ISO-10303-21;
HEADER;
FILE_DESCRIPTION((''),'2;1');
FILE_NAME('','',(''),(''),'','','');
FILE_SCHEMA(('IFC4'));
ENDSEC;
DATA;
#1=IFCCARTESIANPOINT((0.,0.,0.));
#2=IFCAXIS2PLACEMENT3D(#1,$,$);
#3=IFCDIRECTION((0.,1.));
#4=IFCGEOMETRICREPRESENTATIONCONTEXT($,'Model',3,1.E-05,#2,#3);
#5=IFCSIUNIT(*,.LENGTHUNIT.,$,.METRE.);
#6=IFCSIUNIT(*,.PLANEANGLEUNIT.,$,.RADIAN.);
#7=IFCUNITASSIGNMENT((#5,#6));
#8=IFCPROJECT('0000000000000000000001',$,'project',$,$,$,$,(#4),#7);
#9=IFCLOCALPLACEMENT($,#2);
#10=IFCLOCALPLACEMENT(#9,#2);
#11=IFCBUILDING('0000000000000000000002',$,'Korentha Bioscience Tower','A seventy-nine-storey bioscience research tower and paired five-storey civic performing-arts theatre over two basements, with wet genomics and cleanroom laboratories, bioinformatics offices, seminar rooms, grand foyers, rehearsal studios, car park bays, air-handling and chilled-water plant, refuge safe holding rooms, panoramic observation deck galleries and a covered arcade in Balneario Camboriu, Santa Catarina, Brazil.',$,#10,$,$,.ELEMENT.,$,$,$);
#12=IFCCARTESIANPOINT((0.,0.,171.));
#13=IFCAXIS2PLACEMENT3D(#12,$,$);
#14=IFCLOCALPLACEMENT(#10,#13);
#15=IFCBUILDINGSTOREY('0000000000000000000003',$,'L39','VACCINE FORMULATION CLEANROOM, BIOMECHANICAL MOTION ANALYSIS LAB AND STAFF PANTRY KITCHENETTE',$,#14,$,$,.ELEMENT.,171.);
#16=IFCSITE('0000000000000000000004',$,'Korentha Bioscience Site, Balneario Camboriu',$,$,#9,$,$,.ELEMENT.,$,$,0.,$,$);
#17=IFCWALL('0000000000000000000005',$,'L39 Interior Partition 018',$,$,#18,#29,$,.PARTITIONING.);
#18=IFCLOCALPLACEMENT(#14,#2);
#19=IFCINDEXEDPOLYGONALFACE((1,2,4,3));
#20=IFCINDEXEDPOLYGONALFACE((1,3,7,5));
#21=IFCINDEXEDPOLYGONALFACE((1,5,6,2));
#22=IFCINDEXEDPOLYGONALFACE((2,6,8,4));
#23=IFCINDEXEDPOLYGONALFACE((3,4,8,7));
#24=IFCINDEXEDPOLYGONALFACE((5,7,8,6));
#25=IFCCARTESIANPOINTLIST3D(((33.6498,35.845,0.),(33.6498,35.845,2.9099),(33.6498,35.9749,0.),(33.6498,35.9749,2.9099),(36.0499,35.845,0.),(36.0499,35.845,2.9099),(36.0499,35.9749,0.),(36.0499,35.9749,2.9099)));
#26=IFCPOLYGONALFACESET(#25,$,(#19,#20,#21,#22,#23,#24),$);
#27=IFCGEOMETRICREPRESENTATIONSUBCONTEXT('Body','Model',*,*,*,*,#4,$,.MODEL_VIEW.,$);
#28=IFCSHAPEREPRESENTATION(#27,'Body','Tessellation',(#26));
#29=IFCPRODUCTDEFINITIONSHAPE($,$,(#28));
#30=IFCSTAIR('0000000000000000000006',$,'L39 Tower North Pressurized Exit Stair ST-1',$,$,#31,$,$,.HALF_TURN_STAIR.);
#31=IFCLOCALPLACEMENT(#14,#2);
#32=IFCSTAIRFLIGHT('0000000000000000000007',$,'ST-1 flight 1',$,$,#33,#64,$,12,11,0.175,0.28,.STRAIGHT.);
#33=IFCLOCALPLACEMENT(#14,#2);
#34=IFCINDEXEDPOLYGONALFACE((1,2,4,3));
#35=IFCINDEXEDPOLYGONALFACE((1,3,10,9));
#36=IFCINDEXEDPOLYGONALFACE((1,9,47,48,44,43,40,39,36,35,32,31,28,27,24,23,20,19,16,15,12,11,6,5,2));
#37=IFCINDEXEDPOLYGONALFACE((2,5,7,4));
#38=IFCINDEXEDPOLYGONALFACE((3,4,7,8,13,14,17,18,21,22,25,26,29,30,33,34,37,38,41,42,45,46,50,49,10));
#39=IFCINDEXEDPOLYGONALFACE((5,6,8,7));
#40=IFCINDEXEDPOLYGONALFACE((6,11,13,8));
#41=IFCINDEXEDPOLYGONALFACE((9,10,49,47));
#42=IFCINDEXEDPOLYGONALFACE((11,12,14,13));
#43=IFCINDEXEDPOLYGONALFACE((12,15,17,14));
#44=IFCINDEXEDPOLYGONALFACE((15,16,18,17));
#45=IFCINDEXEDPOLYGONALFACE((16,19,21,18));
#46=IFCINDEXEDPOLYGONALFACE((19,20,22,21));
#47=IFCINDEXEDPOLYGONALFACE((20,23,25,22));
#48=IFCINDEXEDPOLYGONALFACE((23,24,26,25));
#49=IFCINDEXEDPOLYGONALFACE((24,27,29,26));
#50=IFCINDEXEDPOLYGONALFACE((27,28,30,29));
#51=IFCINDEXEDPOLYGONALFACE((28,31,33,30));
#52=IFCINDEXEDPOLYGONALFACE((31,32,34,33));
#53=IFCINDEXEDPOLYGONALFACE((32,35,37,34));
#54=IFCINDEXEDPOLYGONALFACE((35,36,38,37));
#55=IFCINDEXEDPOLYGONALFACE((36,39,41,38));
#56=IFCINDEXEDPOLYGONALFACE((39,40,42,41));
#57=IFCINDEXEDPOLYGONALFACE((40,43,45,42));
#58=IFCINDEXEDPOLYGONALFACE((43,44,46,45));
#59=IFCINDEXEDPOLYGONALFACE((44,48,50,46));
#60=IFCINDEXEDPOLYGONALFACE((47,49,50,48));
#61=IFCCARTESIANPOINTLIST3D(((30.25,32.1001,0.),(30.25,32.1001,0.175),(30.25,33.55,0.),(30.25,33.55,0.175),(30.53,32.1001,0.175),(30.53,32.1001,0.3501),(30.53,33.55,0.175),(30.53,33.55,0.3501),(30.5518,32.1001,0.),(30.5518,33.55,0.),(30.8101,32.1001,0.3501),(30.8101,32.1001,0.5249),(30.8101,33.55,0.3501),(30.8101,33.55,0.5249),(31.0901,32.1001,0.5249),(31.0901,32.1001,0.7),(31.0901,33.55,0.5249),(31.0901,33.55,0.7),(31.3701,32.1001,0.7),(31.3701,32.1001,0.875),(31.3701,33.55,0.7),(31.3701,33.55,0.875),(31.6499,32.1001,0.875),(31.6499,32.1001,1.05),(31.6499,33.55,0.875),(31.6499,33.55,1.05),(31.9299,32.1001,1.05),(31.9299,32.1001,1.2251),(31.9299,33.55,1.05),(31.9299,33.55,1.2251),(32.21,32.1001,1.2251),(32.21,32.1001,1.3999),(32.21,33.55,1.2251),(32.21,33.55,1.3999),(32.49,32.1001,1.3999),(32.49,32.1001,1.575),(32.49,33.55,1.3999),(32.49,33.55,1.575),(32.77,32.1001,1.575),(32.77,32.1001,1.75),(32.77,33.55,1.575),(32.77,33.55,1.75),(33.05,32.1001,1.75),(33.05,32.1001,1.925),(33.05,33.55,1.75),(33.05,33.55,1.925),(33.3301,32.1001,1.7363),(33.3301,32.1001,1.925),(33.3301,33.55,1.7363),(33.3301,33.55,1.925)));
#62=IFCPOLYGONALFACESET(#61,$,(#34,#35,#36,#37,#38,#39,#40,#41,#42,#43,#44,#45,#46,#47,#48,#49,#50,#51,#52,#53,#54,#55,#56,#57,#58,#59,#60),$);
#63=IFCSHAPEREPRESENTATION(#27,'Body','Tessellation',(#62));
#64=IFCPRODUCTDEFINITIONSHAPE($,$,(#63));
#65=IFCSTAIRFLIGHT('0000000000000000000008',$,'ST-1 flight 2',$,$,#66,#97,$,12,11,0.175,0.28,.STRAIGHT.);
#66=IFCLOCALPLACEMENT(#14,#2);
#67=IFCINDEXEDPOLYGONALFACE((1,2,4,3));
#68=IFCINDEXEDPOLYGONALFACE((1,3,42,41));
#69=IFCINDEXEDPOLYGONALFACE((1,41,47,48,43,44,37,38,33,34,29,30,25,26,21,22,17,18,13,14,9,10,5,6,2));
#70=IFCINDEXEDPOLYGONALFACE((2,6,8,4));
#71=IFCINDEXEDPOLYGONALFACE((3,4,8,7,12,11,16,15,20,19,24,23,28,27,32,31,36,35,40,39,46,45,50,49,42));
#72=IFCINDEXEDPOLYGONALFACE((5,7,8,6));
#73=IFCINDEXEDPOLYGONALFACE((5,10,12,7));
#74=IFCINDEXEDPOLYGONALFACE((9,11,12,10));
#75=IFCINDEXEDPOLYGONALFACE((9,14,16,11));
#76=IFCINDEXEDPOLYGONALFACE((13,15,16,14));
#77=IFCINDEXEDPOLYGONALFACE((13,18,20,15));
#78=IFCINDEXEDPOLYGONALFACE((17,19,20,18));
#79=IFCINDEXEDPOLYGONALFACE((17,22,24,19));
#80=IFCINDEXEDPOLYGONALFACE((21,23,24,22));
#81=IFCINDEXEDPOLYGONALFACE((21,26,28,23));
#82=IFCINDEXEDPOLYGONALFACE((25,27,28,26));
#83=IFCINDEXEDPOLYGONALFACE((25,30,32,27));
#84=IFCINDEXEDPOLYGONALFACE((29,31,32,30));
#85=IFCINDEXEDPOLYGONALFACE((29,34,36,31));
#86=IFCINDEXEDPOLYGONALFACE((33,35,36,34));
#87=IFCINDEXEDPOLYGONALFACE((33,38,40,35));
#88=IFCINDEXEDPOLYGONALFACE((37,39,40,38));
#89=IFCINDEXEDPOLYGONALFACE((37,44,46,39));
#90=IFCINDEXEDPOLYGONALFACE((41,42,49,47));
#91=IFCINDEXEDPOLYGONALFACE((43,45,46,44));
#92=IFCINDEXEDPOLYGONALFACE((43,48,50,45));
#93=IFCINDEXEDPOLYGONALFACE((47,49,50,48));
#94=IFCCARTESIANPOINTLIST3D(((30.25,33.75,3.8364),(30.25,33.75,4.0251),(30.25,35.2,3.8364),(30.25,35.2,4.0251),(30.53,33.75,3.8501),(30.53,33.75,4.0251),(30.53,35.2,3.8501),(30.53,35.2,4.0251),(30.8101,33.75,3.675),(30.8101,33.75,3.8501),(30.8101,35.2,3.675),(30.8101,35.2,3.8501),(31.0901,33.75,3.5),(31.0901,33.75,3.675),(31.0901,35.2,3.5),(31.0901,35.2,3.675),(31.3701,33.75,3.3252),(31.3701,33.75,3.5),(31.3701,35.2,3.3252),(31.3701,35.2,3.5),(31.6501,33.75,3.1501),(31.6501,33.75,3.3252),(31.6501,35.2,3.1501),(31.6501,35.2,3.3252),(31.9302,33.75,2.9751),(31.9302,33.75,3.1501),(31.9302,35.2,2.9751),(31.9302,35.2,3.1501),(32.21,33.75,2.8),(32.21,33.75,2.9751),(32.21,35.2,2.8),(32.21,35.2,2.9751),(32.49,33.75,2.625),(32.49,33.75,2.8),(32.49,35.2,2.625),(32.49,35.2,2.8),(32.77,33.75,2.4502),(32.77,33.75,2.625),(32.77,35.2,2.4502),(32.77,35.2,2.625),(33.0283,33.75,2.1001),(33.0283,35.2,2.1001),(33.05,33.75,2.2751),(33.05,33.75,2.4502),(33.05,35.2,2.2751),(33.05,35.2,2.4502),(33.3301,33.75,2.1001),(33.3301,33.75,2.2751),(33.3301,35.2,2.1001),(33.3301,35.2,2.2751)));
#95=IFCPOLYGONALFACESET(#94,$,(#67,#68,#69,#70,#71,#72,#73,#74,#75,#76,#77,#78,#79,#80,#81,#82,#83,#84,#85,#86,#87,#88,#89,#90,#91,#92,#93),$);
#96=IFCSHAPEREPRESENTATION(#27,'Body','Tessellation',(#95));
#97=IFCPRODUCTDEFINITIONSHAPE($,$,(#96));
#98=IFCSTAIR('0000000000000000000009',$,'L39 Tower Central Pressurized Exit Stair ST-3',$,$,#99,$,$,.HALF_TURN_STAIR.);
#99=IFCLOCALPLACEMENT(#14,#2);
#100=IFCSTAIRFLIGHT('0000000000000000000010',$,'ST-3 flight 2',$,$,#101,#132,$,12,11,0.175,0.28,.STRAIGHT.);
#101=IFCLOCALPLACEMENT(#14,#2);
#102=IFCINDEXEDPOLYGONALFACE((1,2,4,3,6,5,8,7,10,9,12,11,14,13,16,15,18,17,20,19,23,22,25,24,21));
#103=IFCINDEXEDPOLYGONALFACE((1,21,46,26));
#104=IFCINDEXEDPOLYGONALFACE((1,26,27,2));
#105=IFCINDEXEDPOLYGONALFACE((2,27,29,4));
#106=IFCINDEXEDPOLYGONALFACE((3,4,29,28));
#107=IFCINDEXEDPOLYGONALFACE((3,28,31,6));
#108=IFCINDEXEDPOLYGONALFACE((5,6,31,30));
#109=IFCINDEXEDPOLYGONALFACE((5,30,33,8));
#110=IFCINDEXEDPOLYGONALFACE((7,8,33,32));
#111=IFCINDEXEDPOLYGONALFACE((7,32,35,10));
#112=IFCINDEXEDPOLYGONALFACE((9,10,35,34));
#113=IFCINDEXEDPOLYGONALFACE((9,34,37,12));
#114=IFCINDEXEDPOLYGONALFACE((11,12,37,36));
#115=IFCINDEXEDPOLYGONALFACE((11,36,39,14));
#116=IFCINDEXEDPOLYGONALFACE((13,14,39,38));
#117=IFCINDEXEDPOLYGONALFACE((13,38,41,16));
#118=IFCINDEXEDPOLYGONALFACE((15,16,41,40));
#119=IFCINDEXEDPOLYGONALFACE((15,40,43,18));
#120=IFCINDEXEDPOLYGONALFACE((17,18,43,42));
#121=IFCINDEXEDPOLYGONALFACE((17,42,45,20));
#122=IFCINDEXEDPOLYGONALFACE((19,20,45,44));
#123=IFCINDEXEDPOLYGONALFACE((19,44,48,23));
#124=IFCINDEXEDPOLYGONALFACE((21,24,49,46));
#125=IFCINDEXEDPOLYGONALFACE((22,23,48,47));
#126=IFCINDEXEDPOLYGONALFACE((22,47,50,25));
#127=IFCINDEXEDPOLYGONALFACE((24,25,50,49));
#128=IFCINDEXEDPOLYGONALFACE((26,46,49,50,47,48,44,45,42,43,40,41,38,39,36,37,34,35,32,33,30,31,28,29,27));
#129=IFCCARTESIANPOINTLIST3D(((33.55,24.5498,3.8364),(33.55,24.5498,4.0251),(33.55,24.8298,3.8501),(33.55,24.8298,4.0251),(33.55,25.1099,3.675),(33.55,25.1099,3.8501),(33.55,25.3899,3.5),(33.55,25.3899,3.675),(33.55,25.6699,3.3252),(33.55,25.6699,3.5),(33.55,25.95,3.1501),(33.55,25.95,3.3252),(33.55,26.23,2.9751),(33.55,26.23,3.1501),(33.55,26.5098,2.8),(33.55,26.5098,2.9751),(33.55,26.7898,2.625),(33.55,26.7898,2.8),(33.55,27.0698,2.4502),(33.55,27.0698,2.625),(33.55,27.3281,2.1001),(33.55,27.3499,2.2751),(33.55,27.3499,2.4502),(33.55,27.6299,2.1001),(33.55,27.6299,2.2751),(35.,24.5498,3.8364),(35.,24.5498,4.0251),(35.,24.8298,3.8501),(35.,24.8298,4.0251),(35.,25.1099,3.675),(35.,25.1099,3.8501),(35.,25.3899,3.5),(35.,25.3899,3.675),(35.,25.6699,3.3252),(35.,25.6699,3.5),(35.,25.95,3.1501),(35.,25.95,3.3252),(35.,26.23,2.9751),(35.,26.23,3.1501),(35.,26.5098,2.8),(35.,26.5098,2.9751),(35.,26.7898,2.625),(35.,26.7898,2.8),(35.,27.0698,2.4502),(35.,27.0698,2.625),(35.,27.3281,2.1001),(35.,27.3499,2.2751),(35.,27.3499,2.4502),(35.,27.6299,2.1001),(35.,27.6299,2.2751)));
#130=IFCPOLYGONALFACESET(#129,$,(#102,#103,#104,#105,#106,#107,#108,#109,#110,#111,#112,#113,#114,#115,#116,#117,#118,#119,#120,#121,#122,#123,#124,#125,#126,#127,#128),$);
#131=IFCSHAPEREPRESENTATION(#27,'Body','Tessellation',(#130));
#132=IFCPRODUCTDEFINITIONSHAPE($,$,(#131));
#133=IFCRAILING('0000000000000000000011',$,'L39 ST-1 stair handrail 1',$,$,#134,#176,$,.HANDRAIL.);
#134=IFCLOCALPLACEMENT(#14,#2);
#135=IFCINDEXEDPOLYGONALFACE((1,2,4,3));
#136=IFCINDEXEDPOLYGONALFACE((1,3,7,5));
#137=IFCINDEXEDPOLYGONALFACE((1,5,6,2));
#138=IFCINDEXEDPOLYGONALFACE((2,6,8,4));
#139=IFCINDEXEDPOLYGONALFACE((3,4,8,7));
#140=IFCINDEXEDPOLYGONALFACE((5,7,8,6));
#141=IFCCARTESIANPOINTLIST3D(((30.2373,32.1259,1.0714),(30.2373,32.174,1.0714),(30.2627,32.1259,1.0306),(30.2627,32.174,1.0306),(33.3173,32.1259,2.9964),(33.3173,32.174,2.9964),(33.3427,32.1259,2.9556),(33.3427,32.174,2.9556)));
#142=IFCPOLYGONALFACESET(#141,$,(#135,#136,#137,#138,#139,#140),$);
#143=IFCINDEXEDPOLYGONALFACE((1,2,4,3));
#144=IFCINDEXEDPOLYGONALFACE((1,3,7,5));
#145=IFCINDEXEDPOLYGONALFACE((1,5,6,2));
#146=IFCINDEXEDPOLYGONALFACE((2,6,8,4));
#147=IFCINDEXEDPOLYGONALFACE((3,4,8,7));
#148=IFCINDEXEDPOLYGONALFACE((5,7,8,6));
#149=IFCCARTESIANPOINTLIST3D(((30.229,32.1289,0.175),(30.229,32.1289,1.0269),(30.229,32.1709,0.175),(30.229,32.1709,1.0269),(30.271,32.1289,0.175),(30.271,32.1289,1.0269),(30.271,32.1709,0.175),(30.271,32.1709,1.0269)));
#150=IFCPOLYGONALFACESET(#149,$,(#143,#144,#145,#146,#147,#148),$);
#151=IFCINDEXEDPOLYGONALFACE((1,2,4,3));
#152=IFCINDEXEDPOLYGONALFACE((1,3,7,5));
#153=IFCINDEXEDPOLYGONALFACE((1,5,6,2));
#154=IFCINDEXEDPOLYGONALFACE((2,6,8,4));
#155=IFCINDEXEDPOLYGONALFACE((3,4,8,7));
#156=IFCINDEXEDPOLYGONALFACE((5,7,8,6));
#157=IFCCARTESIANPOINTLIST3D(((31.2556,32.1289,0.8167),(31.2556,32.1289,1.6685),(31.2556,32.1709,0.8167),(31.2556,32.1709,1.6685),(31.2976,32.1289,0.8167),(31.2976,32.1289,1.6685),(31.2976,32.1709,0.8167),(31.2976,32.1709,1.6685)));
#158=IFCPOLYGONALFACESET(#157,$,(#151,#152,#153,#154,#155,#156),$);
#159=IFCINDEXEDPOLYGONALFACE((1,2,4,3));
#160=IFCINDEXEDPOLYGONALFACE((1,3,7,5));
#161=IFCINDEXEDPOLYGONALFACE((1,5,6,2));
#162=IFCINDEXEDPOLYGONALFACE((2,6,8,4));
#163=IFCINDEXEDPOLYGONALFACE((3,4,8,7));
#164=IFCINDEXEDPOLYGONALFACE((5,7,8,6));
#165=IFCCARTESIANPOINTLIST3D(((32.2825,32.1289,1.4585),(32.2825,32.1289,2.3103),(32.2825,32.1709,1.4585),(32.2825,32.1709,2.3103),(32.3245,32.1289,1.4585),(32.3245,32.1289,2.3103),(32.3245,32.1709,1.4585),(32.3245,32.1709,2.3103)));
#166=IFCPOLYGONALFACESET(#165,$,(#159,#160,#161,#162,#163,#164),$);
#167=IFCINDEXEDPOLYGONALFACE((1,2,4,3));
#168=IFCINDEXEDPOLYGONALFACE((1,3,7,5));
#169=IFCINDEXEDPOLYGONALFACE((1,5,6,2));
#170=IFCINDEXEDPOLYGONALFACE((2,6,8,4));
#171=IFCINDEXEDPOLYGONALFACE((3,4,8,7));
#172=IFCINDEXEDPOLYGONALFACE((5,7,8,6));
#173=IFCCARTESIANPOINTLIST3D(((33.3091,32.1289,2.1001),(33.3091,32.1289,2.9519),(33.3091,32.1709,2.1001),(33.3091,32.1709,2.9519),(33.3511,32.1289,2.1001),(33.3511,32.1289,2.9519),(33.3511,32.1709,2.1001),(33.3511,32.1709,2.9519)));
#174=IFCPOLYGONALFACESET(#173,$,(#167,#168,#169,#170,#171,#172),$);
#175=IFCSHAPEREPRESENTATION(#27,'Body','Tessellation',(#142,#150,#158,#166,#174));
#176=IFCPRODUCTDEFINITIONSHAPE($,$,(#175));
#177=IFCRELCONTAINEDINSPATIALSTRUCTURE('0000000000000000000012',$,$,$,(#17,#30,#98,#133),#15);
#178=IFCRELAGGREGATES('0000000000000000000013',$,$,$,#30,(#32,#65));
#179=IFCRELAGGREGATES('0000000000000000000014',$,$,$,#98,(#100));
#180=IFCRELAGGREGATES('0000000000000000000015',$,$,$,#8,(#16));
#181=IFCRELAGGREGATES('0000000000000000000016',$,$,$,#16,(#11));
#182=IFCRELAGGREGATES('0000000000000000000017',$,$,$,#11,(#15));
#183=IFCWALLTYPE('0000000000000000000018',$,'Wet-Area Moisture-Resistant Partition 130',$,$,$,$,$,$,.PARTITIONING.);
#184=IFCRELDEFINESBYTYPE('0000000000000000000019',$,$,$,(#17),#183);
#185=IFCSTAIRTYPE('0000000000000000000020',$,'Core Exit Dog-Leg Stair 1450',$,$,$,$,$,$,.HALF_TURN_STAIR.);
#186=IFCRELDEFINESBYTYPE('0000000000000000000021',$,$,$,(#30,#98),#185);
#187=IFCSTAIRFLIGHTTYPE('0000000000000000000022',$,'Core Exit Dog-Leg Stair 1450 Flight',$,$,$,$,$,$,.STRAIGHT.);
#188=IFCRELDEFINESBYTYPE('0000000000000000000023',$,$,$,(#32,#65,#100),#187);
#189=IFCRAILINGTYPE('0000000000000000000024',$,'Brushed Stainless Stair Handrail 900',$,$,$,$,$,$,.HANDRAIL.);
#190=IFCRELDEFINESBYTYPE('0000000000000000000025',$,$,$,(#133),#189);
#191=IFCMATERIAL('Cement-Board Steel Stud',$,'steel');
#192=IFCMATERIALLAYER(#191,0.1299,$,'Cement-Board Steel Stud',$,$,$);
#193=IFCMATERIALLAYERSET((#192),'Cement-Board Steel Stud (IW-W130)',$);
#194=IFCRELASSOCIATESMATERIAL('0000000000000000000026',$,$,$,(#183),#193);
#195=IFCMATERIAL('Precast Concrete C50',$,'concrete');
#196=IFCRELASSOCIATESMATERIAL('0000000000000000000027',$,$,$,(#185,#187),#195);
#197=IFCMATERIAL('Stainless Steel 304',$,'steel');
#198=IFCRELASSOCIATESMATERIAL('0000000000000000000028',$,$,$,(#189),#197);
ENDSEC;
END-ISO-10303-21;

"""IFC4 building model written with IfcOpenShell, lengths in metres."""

from ifc_helpers import new_model, si_unit, direction, frame, frame_2d, origin, origin_2d, place, context, subcontext, project, spatial, polyline, rectangle, outline, extrude, material, layer, layer_set, type_object, element, aggregate, save


model = new_model("IFC4")

# Units and contexts
model_context = context("Model", 3, precision=1e-05, world=origin(), true_north=direction((0.0, 1.0)))
body_context = subcontext(model_context, "Body", "Model", "MODEL_VIEW")
ifc_project = project(units=[si_unit("LENGTHUNIT", "METRE"), si_unit("PLANEANGLEUNIT", "RADIAN")], contexts=[model_context])

# Site, building, storey
site_placement = place(None, origin())
site = spatial("IfcSite", under=ifc_project, at=site_placement, Name="Korentha Bioscience Site, Balneario Camboriu", CompositionType="ELEMENT", RefElevation=0.0)
building_placement = place(site_placement, origin())
building = spatial("IfcBuilding", under=site, at=building_placement, Name="Korentha Bioscience Tower", Description="A seventy-nine-storey bioscience research tower and paired five-storey civic performing-arts theatre over two basements, with wet genomics and cleanroom laboratories, bioinformatics offices, seminar rooms, grand foyers, rehearsal studios, car park bays, air-handling and chilled-water plant, refuge safe holding rooms, panoramic observation deck galleries and a covered arcade in Balneario Camboriu, Santa Catarina, Brazil.", CompositionType="ELEMENT")
storey_placement = place(building_placement, frame((0.0, 0.0, 171.0)))
storey = spatial("IfcBuildingStorey", under=building, at=storey_placement, Name="L39", Description="VACCINE FORMULATION CLEANROOM, BIOMECHANICAL MOTION ANALYSIS LAB AND STAFF PANTRY KITCHENETTE", CompositionType="ELEMENT", Elevation=171.0)

# Wall
ifc_material_1 = material(Name="Cement-Board Steel Stud", Category="steel")
ifc_layer_1 = layer(ifc_material_1, 0.1299, Name="Cement-Board Steel Stud")
ifc_layer_set_1 = layer_set([ifc_layer_1], Name="Cement-Board Steel Stud (IW-W130)")
wall_type_1 = type_object("IfcWallType", Name="Wet-Area Moisture-Resistant Partition 130", PredefinedType="PARTITIONING", material=ifc_layer_set_1)
wall_1_placement = place(storey_placement, frame((36.05, 35.9099, 0.0), z_axis=(0.0, 0.0, 1.0), x_axis=(-1.0, 0.0, 0.0)))
element("IfcWall", 1, at=wall_1_placement, inside=storey, type_object=wall_type_1, Name="L39 Interior Partition 018", PredefinedType="PARTITIONING", context=body_context, shape_type="SweptSolid", body=[
    extrude(rectangle(XDim=2.4001, YDim=0.1299, at=frame_2d((1.2002, 0.0))), origin(), (0.0, 0.0, 1.0), 2.9099),
])

# Stair, stair flights
ifc_material_2 = material(Name="Precast Concrete C50", Category="concrete")
stair_type = type_object("IfcStairType", Name="Core Exit Dog-Leg Stair 1450", PredefinedType="HALF_TURN_STAIR", material=ifc_material_2)
stair_1_placement = place(storey_placement, origin())
stair_1 = element("IfcStair", 2, at=stair_1_placement, inside=storey, type_object=stair_type, Name="L39 Tower North Pressurized Exit Stair ST-1", PredefinedType="HALF_TURN_STAIR")
stair_flight_type = type_object("IfcStairFlightType", Name="Core Exit Dog-Leg Stair 1450 Flight", PredefinedType="STRAIGHT", material=ifc_material_2)
stair_flight_1_placement = place(storey_placement, frame((30.25, 32.825, 0.0), z_axis=(0.0, 0.0, 1.0), x_axis=(1.0, 0.0, 0.0)))
stair_flight_1 = element("IfcStairFlight", 3, at=stair_flight_1_placement, type_object=stair_flight_type, Name="ST-1 flight 1", NumberOfRisers=12, NumberOfTreads=11, PredefinedType="STRAIGHT", RiserHeight=0.175, TreadLength=0.28, context=body_context, shape_type="SweptSolid", body=[
    extrude(outline(polyline([(0.0, 0.0), (0.0, 0.175), (0.28, 0.175), (0.28, 0.3501), (0.5601, 0.3501), (0.5601, 0.5249), (0.8401, 0.5249), (0.8401, 0.7), (1.1201, 0.7), (1.1201, 0.875), (1.3999, 0.875), (1.3999, 1.05), (1.6799, 1.05), (1.6799, 1.2251), (1.96, 1.2251), (1.96, 1.3999), (2.24, 1.3999), (2.24, 1.575), (2.52, 1.575), (2.52, 1.75), (2.8, 1.75), (2.8, 1.925), (3.0801, 1.925), (3.0801, 2.1001), (3.0801, 1.7363), (0.3018, 0.0), (0.0, 0.0)])), frame((0.0, 0.7251, 0.0), z_axis=(0.0, -1.0, 0.0), x_axis=(1.0, 0.0, 0.0)), (0.0, 0.0, 1.0), 1.45),
])
stair_flight_2_placement = place(storey_placement, frame((33.3301, 34.4751, 2.1001), z_axis=(0.0, 0.0, 1.0), x_axis=(-1.0, 0.0, 0.0)))
stair_flight_2 = element("IfcStairFlight", 4, at=stair_flight_2_placement, type_object=stair_flight_type, Name="ST-1 flight 2", NumberOfRisers=12, NumberOfTreads=11, PredefinedType="STRAIGHT", RiserHeight=0.175, TreadLength=0.28, context=body_context, shape_type="SweptSolid", body=[
    extrude(outline(polyline([(0.0, 0.0), (0.0, 0.175), (0.28, 0.175), (0.28, 0.3501), (0.5601, 0.3501), (0.5601, 0.5249), (0.8401, 0.5249), (0.8401, 0.7), (1.1201, 0.7), (1.1201, 0.875), (1.3999, 0.875), (1.3999, 1.05), (1.6799, 1.05), (1.6799, 1.2251), (1.96, 1.2251), (1.96, 1.3999), (2.24, 1.3999), (2.24, 1.575), (2.52, 1.575), (2.52, 1.75), (2.8, 1.75), (2.8, 1.925), (3.0801, 1.925), (3.0801, 2.1001), (3.0801, 1.7363), (0.3018, 0.0), (0.0, 0.0)])), frame((0.0, 0.7251, 0.0), z_axis=(0.0, -1.0, 0.0), x_axis=(1.0, 0.0, 0.0)), (0.0, 0.0, 1.0), 1.45),
])
aggregate(stair_1, [stair_flight_1, stair_flight_2])

# Stair, stair flight
stair_2_placement = place(storey_placement, origin())
stair_2 = element("IfcStair", 5, at=stair_2_placement, inside=storey, type_object=stair_type, Name="L39 Tower Central Pressurized Exit Stair ST-3", PredefinedType="HALF_TURN_STAIR")
stair_flight_3_placement = place(storey_placement, frame((34.2749, 27.6299, 2.1001), z_axis=(0.0, 0.0, 1.0), x_axis=(0.0, -1.0, 0.0)))
stair_flight_3 = element("IfcStairFlight", 6, at=stair_flight_3_placement, type_object=stair_flight_type, Name="ST-3 flight 2", NumberOfRisers=12, NumberOfTreads=11, PredefinedType="STRAIGHT", RiserHeight=0.175, TreadLength=0.28, context=body_context, shape_type="SweptSolid", body=[
    extrude(outline(polyline([(0.0, 0.0), (0.0, 0.175), (0.28, 0.175), (0.28, 0.3501), (0.5601, 0.3501), (0.5601, 0.5249), (0.8401, 0.5249), (0.8401, 0.7), (1.1201, 0.7), (1.1201, 0.875), (1.3999, 0.875), (1.3999, 1.05), (1.6799, 1.05), (1.6799, 1.2251), (1.96, 1.2251), (1.96, 1.3999), (2.24, 1.3999), (2.24, 1.575), (2.52, 1.575), (2.52, 1.75), (2.8, 1.75), (2.8, 1.925), (3.0801, 1.925), (3.0801, 2.1001), (3.0801, 1.7363), (0.3018, 0.0), (0.0, 0.0)])), frame((0.0, 0.7251, 0.0), z_axis=(0.0, -1.0, 0.0), x_axis=(1.0, 0.0, 0.0)), (0.0, 0.0, 1.0), 1.45),
])
aggregate(stair_2, [stair_flight_3])

# Railing
ifc_material_3 = material(Name="Stainless Steel 304", Category="steel")
railing_type_1 = type_object("IfcRailingType", Name="Brushed Stainless Stair Handrail 900", PredefinedType="HANDRAIL", material=ifc_material_3)
railing_1_placement = place(storey_placement, frame((30.25, 32.1499, 0.175)))
element("IfcRailing", 7, at=railing_1_placement, inside=storey, type_object=railing_type_1, Name="L39 ST-1 stair handrail 1", PredefinedType="HANDRAIL", context=body_context, shape_type="SweptSolid", body=[
    extrude(rectangle(XDim=0.0481, YDim=0.0481, at=origin_2d()), frame((0.0, 0.0, 0.876), z_axis=(0.847998, 0.0, 0.529999), x_axis=(0.0, 1.0, 0.0)), (0.0, 0.0, 1.0), 3.6321),
    extrude(rectangle(XDim=0.042, YDim=0.042, at=origin_2d()), origin(), (0.0, 0.0, 1.0), 0.8518),
    extrude(rectangle(XDim=0.042, YDim=0.042, at=origin_2d()), frame((1.0266, 0.0, 0.6416)), (0.0, 0.0, 1.0), 0.8518),
    extrude(rectangle(XDim=0.042, YDim=0.042, at=origin_2d()), frame((2.0535, 0.0, 1.2834)), (0.0, 0.0, 1.0), 0.8518),
    extrude(rectangle(XDim=0.042, YDim=0.042, at=origin_2d()), frame((3.0801, 0.0, 1.925)), (0.0, 0.0, 1.0), 0.8518),
])

save(model, "model.ifc")
